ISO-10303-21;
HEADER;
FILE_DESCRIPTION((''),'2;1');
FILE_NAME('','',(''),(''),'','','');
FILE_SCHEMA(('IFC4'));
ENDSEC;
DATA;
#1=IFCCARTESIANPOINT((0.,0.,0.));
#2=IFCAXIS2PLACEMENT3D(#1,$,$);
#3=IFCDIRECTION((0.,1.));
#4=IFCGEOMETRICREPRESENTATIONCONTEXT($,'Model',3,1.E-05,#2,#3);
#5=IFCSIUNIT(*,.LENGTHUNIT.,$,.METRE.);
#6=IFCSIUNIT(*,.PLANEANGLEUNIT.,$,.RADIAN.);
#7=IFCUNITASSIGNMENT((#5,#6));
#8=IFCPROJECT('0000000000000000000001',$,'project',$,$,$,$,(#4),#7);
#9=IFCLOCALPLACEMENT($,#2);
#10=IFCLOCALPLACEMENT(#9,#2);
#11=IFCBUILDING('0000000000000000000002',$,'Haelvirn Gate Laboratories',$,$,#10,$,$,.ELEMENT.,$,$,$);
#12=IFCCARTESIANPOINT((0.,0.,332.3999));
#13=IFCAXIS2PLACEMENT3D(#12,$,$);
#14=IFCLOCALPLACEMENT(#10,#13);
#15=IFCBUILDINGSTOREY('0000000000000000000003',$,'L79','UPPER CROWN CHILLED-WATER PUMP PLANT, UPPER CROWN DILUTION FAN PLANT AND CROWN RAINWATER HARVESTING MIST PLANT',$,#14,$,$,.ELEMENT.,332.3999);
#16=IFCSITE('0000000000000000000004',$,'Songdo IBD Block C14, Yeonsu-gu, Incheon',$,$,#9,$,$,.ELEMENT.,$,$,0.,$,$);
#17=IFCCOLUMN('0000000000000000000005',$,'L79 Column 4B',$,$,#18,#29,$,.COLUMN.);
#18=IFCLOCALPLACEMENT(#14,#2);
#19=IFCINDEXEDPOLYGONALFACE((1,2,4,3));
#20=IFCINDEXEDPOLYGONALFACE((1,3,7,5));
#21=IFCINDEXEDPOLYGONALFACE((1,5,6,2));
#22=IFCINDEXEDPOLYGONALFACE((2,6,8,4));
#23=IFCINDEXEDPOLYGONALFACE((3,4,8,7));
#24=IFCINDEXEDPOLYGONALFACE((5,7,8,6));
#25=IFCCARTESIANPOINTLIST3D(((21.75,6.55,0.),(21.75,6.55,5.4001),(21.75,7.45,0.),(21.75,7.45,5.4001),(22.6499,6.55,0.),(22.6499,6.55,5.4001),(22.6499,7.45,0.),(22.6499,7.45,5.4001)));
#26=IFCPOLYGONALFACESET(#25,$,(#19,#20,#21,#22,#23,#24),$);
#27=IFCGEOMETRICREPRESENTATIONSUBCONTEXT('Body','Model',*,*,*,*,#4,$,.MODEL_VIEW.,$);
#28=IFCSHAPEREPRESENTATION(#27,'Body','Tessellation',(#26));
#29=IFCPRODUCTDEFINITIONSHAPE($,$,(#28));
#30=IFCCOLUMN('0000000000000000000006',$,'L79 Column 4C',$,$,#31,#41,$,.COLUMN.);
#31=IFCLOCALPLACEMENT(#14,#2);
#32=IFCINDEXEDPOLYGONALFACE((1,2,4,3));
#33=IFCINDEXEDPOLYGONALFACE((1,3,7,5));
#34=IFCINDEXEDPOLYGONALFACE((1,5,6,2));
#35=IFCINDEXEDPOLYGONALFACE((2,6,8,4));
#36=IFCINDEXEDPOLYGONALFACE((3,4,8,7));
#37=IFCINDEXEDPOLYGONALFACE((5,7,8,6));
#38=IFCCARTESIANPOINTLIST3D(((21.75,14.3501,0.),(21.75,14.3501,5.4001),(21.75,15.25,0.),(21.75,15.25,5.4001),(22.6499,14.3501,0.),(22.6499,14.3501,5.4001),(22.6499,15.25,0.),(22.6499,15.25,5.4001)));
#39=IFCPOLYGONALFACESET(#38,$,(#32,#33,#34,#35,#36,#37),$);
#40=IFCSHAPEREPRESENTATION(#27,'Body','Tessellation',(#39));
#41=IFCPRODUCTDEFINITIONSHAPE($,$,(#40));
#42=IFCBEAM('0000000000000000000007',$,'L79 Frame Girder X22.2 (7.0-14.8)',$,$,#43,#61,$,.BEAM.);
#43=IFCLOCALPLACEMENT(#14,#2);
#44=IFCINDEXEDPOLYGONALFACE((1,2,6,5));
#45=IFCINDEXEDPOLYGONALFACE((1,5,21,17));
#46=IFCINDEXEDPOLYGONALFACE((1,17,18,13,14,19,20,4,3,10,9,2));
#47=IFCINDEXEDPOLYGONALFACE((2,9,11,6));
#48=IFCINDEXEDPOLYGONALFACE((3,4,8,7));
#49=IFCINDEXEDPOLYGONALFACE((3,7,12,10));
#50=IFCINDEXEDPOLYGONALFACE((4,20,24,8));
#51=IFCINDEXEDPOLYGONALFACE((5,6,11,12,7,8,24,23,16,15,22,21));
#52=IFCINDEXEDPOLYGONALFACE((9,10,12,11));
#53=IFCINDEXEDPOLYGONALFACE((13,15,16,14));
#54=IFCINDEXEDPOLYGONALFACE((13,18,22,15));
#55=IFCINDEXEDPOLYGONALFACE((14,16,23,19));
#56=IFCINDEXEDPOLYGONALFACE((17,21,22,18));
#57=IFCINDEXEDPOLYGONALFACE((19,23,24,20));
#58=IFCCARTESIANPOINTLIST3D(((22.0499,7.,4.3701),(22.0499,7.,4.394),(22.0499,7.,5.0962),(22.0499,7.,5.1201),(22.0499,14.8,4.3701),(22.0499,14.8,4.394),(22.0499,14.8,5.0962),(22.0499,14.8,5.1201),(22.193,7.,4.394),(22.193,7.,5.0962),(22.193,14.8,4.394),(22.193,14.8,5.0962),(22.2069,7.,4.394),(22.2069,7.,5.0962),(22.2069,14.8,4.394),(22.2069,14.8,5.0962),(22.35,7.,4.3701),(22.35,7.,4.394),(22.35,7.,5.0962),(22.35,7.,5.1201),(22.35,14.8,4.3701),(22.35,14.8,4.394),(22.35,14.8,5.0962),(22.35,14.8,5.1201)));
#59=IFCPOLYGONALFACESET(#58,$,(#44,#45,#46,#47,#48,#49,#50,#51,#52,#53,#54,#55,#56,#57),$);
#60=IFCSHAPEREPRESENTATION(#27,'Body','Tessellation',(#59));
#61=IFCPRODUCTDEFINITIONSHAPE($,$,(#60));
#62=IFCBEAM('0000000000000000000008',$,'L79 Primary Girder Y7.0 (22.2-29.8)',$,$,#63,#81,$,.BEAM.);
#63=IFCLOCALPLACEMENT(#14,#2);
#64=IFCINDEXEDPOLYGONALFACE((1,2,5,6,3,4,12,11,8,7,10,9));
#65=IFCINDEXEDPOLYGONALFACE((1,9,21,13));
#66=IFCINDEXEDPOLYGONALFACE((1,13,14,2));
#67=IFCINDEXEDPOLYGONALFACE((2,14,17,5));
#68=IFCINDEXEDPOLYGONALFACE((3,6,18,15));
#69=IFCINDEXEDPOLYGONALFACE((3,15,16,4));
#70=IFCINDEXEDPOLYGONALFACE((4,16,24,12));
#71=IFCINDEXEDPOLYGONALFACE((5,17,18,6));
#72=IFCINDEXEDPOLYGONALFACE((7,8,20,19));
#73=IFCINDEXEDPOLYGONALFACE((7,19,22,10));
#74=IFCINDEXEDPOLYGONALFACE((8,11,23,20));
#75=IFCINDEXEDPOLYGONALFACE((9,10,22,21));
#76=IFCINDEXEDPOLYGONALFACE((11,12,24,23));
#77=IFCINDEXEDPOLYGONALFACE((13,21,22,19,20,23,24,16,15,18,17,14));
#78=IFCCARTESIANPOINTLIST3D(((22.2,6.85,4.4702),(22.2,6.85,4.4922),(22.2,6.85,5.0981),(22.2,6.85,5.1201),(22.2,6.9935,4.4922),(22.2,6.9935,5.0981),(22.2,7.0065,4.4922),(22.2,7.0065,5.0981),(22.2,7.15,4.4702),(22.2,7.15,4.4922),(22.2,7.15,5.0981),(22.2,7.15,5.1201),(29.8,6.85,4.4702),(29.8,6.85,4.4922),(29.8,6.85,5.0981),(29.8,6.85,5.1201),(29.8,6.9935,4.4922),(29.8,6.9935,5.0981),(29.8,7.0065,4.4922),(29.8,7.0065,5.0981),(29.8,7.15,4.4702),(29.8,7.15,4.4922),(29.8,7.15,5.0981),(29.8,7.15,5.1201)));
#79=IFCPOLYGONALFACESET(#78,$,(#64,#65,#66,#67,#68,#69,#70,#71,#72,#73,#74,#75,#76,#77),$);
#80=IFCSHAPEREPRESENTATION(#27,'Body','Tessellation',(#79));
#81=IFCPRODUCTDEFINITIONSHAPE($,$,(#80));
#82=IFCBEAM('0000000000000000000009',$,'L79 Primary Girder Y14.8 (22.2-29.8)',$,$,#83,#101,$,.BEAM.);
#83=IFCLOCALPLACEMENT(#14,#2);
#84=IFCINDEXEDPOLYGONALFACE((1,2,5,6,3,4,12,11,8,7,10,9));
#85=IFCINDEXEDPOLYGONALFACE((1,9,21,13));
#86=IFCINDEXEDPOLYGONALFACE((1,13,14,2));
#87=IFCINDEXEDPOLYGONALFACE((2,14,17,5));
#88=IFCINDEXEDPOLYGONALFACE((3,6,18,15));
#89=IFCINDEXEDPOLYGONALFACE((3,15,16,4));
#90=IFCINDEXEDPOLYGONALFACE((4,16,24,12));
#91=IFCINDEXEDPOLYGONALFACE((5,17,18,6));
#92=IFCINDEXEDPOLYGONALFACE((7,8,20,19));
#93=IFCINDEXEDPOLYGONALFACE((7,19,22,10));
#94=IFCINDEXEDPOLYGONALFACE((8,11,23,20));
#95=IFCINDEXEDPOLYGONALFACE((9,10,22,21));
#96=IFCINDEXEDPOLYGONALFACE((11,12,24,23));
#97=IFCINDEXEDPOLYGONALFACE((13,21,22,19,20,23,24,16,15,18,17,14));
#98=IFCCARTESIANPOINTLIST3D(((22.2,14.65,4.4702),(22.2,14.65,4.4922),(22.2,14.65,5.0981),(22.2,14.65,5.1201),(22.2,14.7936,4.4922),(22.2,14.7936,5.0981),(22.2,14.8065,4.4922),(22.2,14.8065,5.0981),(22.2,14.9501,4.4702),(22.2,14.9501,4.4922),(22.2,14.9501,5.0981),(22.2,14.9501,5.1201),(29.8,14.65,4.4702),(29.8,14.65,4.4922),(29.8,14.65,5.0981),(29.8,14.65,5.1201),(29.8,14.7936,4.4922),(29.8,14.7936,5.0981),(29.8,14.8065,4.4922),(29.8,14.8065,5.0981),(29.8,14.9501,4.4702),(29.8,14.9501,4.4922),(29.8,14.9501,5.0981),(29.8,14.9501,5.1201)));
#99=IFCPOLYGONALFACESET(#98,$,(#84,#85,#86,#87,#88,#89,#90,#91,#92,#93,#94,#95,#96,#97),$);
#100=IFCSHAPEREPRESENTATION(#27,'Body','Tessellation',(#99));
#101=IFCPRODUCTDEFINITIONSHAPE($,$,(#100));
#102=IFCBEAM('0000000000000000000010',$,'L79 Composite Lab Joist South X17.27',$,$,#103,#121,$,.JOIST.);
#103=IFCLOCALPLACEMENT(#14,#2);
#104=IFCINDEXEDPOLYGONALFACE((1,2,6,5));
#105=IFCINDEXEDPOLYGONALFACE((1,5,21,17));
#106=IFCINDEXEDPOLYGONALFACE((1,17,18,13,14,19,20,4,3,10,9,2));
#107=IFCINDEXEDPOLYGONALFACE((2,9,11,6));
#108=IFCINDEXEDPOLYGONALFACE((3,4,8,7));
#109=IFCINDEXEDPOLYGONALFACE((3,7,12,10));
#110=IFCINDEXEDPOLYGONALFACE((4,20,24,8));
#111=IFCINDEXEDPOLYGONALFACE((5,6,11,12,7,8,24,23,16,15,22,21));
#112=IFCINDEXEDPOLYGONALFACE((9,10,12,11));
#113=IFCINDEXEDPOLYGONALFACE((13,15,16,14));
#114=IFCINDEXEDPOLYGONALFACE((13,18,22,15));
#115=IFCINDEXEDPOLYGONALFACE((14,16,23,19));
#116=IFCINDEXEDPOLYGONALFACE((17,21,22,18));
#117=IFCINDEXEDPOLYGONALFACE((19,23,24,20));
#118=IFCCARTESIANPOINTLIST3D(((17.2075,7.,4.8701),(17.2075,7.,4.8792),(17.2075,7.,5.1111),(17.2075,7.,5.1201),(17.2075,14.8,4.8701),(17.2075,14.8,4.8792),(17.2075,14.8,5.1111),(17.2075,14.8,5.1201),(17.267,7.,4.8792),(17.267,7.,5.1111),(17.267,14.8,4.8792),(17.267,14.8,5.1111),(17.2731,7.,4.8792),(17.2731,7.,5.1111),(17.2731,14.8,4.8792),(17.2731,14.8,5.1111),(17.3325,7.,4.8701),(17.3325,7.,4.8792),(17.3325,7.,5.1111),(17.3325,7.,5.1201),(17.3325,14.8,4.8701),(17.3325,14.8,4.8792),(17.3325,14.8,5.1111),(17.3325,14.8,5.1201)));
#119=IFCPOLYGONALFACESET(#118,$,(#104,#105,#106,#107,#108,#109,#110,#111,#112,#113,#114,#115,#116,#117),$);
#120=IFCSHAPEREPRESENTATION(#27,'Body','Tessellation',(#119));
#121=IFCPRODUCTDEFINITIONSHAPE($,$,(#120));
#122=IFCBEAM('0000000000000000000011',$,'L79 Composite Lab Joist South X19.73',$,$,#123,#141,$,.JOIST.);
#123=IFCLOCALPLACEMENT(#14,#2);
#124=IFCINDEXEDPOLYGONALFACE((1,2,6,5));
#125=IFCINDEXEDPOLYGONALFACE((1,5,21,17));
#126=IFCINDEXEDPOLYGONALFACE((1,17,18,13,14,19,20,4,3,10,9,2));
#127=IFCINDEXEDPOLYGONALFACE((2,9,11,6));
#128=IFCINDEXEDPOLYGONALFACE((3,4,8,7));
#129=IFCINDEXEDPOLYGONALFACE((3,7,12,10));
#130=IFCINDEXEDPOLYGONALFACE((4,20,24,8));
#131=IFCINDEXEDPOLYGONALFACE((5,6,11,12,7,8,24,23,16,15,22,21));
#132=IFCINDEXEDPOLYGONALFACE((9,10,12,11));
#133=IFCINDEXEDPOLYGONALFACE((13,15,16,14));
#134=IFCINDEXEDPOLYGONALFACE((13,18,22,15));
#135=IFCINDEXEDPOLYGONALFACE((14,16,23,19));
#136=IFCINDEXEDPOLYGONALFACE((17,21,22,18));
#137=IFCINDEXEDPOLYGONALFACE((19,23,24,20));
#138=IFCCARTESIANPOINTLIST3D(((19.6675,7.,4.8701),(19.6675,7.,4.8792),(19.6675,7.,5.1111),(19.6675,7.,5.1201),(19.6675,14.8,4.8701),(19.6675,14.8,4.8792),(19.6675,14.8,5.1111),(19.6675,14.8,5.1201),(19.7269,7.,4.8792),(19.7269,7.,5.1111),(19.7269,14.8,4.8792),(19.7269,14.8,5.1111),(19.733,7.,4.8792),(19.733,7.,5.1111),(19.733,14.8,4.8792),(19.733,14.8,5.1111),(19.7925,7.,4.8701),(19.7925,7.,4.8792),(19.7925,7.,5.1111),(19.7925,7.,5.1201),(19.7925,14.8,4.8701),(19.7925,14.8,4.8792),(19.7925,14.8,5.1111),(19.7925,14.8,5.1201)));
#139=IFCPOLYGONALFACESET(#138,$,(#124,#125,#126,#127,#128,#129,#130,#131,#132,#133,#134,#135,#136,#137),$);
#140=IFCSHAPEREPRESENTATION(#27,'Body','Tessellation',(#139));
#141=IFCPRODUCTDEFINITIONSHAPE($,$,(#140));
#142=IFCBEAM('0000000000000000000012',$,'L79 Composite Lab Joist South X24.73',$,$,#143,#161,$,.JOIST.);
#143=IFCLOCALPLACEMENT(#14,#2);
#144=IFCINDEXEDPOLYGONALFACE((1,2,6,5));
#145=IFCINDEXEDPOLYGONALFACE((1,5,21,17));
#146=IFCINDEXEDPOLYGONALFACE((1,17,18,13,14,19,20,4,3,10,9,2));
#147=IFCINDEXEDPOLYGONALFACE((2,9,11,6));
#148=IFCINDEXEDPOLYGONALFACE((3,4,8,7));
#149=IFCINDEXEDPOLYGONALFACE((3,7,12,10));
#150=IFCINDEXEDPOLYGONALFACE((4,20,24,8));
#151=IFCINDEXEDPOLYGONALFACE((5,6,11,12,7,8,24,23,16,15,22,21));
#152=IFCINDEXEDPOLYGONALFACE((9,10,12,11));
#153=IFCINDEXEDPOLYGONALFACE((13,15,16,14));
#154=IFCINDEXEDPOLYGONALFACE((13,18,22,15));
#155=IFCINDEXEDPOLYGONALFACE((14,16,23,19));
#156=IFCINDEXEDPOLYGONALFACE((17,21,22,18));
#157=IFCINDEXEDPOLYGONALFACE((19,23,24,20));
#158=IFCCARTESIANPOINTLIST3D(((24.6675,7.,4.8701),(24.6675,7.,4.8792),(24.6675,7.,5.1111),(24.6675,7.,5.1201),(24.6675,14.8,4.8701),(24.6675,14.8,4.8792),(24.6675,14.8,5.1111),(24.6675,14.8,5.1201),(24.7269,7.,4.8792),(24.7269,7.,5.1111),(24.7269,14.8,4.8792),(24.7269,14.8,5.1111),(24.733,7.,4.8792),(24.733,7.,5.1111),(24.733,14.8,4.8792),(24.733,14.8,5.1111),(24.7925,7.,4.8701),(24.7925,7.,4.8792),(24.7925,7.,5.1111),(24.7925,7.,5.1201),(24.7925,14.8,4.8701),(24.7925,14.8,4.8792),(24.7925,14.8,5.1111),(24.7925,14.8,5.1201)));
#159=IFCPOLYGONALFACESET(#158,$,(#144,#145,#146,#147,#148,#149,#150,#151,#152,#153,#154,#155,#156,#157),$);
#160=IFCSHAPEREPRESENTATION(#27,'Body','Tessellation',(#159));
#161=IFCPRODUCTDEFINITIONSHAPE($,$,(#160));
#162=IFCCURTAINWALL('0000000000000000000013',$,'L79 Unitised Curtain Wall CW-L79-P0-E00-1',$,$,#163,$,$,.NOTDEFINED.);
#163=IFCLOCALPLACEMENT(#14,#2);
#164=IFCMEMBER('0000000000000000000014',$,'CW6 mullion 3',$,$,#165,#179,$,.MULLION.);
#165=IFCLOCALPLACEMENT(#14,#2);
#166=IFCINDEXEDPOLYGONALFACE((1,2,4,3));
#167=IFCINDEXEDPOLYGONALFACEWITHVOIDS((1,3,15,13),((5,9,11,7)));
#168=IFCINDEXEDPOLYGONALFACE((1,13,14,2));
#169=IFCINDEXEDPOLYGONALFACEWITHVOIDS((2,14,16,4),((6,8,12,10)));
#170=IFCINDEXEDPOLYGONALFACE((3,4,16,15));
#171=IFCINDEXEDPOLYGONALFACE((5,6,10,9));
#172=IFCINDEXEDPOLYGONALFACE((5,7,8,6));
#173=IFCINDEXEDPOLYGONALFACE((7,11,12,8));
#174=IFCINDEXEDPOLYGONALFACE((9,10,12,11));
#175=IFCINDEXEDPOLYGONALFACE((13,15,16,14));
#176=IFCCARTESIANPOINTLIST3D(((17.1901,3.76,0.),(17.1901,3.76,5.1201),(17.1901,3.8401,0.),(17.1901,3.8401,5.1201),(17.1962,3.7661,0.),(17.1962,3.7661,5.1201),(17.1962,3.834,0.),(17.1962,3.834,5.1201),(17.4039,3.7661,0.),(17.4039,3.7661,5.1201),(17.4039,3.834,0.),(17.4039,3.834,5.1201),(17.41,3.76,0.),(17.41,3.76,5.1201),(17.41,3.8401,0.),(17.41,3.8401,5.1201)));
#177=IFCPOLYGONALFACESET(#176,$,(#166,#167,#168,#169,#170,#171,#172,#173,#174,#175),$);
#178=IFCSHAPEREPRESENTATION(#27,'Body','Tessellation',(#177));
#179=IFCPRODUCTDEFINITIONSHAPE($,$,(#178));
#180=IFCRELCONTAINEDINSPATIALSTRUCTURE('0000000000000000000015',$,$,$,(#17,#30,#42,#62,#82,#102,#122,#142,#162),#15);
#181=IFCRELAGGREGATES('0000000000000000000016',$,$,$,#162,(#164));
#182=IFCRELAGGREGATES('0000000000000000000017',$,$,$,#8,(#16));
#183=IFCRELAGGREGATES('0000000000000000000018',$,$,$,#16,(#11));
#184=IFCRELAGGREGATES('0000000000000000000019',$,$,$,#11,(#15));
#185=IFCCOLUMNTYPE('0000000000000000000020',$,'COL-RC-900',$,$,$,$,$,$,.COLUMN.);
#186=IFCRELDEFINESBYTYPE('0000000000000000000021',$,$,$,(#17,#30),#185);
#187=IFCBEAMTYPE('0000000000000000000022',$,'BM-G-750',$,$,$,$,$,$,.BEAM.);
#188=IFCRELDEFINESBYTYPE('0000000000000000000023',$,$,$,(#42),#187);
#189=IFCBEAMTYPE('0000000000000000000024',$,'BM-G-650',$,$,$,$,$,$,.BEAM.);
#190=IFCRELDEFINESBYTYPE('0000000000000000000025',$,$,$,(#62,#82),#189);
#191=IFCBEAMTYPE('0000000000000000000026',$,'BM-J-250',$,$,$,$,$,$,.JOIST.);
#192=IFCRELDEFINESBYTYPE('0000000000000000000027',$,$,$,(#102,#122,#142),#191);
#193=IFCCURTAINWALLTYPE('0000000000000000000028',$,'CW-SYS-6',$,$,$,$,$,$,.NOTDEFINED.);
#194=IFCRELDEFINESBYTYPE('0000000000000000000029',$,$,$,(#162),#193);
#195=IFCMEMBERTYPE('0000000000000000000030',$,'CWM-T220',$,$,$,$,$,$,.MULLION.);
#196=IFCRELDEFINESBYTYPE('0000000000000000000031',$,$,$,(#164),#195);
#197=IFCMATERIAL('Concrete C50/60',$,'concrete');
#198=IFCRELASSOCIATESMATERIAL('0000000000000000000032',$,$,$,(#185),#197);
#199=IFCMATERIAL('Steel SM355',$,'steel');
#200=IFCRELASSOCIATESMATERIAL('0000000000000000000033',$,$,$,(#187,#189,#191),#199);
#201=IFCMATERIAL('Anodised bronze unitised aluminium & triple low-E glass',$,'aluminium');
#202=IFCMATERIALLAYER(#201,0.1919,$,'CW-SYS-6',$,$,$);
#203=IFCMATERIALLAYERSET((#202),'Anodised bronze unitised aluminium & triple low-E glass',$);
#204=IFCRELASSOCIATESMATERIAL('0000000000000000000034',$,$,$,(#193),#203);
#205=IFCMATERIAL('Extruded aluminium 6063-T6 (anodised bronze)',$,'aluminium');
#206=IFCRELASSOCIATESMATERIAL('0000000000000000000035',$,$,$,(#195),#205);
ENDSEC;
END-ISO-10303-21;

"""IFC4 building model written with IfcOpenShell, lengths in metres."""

from ifc_helpers import new_model, si_unit, direction, frame, origin, origin_2d, place, context, subcontext, project, spatial, rectangle, hollow_rectangle, i_section, extrude, source, transform, mapped, material, layer, layer_set, material_profile, profile_set, type_object, type_shapes, element, aggregate, save


model = new_model("IFC4")

# Units and contexts
model_context = context("Model", 3, precision=1e-05, world=origin(), true_north=direction((0.0, 1.0)))
body_context = subcontext(model_context, "Body", "Model", "MODEL_VIEW")
ifc_project = project(units=[si_unit("LENGTHUNIT", "METRE"), si_unit("PLANEANGLEUNIT", "RADIAN")], contexts=[model_context])

# Site, building, storey
site_placement = place(None, origin())
site = spatial("IfcSite", under=ifc_project, at=site_placement, Name="Songdo IBD Block C14, Yeonsu-gu, Incheon", CompositionType="ELEMENT", RefElevation=0.0)
building_placement = place(site_placement, origin())
building = spatial("IfcBuilding", under=site, at=building_placement, Name="Haelvirn Gate Laboratories", CompositionType="ELEMENT")
storey_placement = place(building_placement, frame((0.0, 0.0, 332.3999)))
storey = spatial("IfcBuildingStorey", under=building, at=storey_placement, Name="L79", Description="UPPER CROWN CHILLED-WATER PUMP PLANT, UPPER CROWN DILUTION FAN PLANT AND CROWN RAINWATER HARVESTING MIST PLANT", CompositionType="ELEMENT", Elevation=332.3999)

# Columns
ifc_material_1 = material(Name="Concrete C50/60", Category="concrete")
ifc_material_profile_1 = material_profile(ifc_material_1, rectangle(XDim=0.8999, YDim=0.8999, at=origin_2d()), Name="RC-900x900")
ifc_profile_set_1 = profile_set([ifc_material_profile_1], Name="Concrete C50/60")
column_type = type_object("IfcColumnType", Name="COL-RC-900", PredefinedType="COLUMN", material=ifc_profile_set_1)
shared_shape_1 = source(origin(), body_context, "Body", "SweptSolid", [
    extrude(rectangle(XDim=0.8999, YDim=0.8999, at=origin_2d()), origin(), (0.0, 0.0, 1.0), 5.4001),
])
type_shapes(column_type, [shared_shape_1])
for number, where, z_axis, x_axis, name in (
    (1, (22.2, 7.0, 0.0), (0.0, 0.0, 1.0), (1.0, 0.0, 0.0), "L79 Column 4B"),
    (2, (22.2, 14.8, 0.0), (0.0, 0.0, 1.0), (1.0, 0.0, 0.0), "L79 Column 4C"),
):
    element("IfcColumn", number, at=place(storey_placement, frame(where, z_axis=z_axis, x_axis=x_axis)), inside=storey, type_object=column_type, Name=name, PredefinedType="COLUMN", context=body_context, shape_type="MappedRepresentation", body=[
        mapped(shared_shape_1, transform((0.0, 0.0, 0.0), scale=1.0)),
    ])

# Beams
ifc_material_2 = material(Name="Steel SM355", Category="steel")
ifc_material_profile_2 = material_profile(ifc_material_2, i_section(OverallWidth=0.3, OverallDepth=0.75, WebThickness=0.0139, FlangeThickness=0.0239, at=origin_2d()), Name="H-750x300x14x24")
ifc_profile_set_2 = profile_set([ifc_material_profile_2], Name="Steel SM355")
beam_type_1 = type_object("IfcBeamType", Name="BM-G-750", PredefinedType="BEAM", material=ifc_profile_set_2)
shared_shape_2 = source(origin(), body_context, "Body", "SweptSolid", [
    extrude(i_section(OverallWidth=0.3, OverallDepth=0.75, WebThickness=0.0139, FlangeThickness=0.0239, at=origin_2d()), origin(), (0.0, 0.0, 1.0), 7.8),
])
type_shapes(beam_type_1, [shared_shape_2])
beam_placement = place(storey_placement, frame((22.2, 7.0, 4.7451), z_axis=(0.0, 1.0, 0.0), x_axis=(-1.0, 0.0, 0.0)))
element("IfcBeam", 3, at=beam_placement, inside=storey, type_object=beam_type_1, Name="L79 Frame Girder X22.2 (7.0-14.8)", PredefinedType="BEAM", context=body_context, shape_type="MappedRepresentation", body=[
    mapped(shared_shape_2, transform((0.0, 0.0, 0.0), scale=1.0)),
])
ifc_material_profile_3 = material_profile(ifc_material_2, i_section(OverallWidth=0.3, OverallDepth=0.6499, WebThickness=0.0129, FlangeThickness=0.022, at=origin_2d()), Name="H-650x300x13x22")
ifc_profile_set_3 = profile_set([ifc_material_profile_3], Name="Steel SM355")
beam_type_2 = type_object("IfcBeamType", Name="BM-G-650", PredefinedType="BEAM", material=ifc_profile_set_3)
shared_shape_3 = source(origin(), body_context, "Body", "SweptSolid", [
    extrude(i_section(OverallWidth=0.3, OverallDepth=0.6499, WebThickness=0.0129, FlangeThickness=0.022, at=origin_2d()), origin(), (0.0, 0.0, 1.0), 7.6001),
])
type_shapes(beam_type_2, [shared_shape_3])
for number, where, z_axis, x_axis, name in (
    (4, (22.2, 7.0, 4.7952), (1.0, 0.0, 0.0), (0.0, 1.0, 0.0), "L79 Primary Girder Y7.0 (22.2-29.8)"),
    (5, (22.2, 14.8, 4.7952), (1.0, 0.0, 0.0), (0.0, 1.0, 0.0), "L79 Primary Girder Y14.8 (22.2-29.8)"),
):
    element("IfcBeam", number, at=place(storey_placement, frame(where, z_axis=z_axis, x_axis=x_axis)), inside=storey, type_object=beam_type_2, Name=name, PredefinedType="BEAM", context=body_context, shape_type="MappedRepresentation", body=[
        mapped(shared_shape_3, transform((0.0, 0.0, 0.0), scale=1.0)),
    ])
ifc_material_profile_4 = material_profile(ifc_material_2, i_section(OverallWidth=0.125, OverallDepth=0.25, WebThickness=0.0061, FlangeThickness=0.009, at=origin_2d()), Name="H-250x125x6x9")
ifc_profile_set_4 = profile_set([ifc_material_profile_4], Name="Steel SM355")
beam_type_3 = type_object("IfcBeamType", Name="BM-J-250", PredefinedType="JOIST", material=ifc_profile_set_4)
shared_shape_4 = source(origin(), body_context, "Body", "SweptSolid", [
    extrude(i_section(OverallWidth=0.125, OverallDepth=0.25, WebThickness=0.0061, FlangeThickness=0.009, at=origin_2d()), origin(), (0.0, 0.0, 1.0), 7.8),
])
type_shapes(beam_type_3, [shared_shape_4])
for number, where, z_axis, x_axis, name in (
    (6, (17.27, 7.0, 4.9951), (0.0, 1.0, 0.0), (-1.0, 0.0, 0.0), "L79 Composite Lab Joist South X17.27"),
    (7, (19.73, 7.0, 4.9951), (0.0, 1.0, 0.0), (-1.0, 0.0, 0.0), "L79 Composite Lab Joist South X19.73"),
    (8, (24.73, 7.0, 4.9951), (0.0, 1.0, 0.0), (-1.0, 0.0, 0.0), "L79 Composite Lab Joist South X24.73"),
):
    element("IfcBeam", number, at=place(storey_placement, frame(where, z_axis=z_axis, x_axis=x_axis)), inside=storey, type_object=beam_type_3, Name=name, PredefinedType="JOIST", context=body_context, shape_type="MappedRepresentation", body=[
        mapped(shared_shape_4, transform((0.0, 0.0, 0.0), scale=1.0)),
    ])

# Curtain wall, member
ifc_material_3 = material(Name="Anodised bronze unitised aluminium & triple low-E glass", Category="aluminium")
ifc_layer_1 = layer(ifc_material_3, 0.1919, Name="CW-SYS-6")
ifc_layer_set_1 = layer_set([ifc_layer_1], Name="Anodised bronze unitised aluminium & triple low-E glass")
curtain_wall_type = type_object("IfcCurtainWallType", Name="CW-SYS-6", PredefinedType="NOTDEFINED", material=ifc_layer_set_1)
curtain_wall_1_placement = place(storey_placement, origin())
curtain_wall_1 = element("IfcCurtainWall", 9, at=curtain_wall_1_placement, inside=storey, type_object=curtain_wall_type, Name="L79 Unitised Curtain Wall CW-L79-P0-E00-1", PredefinedType="NOTDEFINED")
ifc_material_4 = material(Name="Extruded aluminium 6063-T6 (anodised bronze)", Category="aluminium")
ifc_material_profile_5 = material_profile(ifc_material_4, hollow_rectangle(XDim=0.0801, YDim=0.22, WallThickness=0.0061, at=origin_2d()), Name="CWM-220x80x6")
ifc_profile_set_5 = profile_set([ifc_material_profile_5], Name="Extruded aluminium 6063-T6 (anodised bronze)")
member_type_1 = type_object("IfcMemberType", Name="CWM-T220", PredefinedType="MULLION", material=ifc_profile_set_5)
shared_shape_5 = source(origin(), body_context, "Body", "SweptSolid", [
    extrude(hollow_rectangle(XDim=0.0801, YDim=0.22, WallThickness=0.0061, at=origin_2d()), origin(), (0.0, 0.0, 1.0), 5.1201),
])
type_shapes(member_type_1, [shared_shape_5])
member_1_placement = place(storey_placement, frame((17.3, 3.8, 0.0), z_axis=(0.0, 0.0, 1.0), x_axis=(0.0, 1.0, 0.0)))
member_1 = element("IfcMember", 10, at=member_1_placement, type_object=member_type_1, Name="CW6 mullion 3", PredefinedType="MULLION", context=body_context, shape_type="MappedRepresentation", body=[
    mapped(shared_shape_5, transform((0.0, 0.0, 0.0), scale=1.0)),
])

aggregate(curtain_wall_1, [member_1])

save(model, "model.ifc")
